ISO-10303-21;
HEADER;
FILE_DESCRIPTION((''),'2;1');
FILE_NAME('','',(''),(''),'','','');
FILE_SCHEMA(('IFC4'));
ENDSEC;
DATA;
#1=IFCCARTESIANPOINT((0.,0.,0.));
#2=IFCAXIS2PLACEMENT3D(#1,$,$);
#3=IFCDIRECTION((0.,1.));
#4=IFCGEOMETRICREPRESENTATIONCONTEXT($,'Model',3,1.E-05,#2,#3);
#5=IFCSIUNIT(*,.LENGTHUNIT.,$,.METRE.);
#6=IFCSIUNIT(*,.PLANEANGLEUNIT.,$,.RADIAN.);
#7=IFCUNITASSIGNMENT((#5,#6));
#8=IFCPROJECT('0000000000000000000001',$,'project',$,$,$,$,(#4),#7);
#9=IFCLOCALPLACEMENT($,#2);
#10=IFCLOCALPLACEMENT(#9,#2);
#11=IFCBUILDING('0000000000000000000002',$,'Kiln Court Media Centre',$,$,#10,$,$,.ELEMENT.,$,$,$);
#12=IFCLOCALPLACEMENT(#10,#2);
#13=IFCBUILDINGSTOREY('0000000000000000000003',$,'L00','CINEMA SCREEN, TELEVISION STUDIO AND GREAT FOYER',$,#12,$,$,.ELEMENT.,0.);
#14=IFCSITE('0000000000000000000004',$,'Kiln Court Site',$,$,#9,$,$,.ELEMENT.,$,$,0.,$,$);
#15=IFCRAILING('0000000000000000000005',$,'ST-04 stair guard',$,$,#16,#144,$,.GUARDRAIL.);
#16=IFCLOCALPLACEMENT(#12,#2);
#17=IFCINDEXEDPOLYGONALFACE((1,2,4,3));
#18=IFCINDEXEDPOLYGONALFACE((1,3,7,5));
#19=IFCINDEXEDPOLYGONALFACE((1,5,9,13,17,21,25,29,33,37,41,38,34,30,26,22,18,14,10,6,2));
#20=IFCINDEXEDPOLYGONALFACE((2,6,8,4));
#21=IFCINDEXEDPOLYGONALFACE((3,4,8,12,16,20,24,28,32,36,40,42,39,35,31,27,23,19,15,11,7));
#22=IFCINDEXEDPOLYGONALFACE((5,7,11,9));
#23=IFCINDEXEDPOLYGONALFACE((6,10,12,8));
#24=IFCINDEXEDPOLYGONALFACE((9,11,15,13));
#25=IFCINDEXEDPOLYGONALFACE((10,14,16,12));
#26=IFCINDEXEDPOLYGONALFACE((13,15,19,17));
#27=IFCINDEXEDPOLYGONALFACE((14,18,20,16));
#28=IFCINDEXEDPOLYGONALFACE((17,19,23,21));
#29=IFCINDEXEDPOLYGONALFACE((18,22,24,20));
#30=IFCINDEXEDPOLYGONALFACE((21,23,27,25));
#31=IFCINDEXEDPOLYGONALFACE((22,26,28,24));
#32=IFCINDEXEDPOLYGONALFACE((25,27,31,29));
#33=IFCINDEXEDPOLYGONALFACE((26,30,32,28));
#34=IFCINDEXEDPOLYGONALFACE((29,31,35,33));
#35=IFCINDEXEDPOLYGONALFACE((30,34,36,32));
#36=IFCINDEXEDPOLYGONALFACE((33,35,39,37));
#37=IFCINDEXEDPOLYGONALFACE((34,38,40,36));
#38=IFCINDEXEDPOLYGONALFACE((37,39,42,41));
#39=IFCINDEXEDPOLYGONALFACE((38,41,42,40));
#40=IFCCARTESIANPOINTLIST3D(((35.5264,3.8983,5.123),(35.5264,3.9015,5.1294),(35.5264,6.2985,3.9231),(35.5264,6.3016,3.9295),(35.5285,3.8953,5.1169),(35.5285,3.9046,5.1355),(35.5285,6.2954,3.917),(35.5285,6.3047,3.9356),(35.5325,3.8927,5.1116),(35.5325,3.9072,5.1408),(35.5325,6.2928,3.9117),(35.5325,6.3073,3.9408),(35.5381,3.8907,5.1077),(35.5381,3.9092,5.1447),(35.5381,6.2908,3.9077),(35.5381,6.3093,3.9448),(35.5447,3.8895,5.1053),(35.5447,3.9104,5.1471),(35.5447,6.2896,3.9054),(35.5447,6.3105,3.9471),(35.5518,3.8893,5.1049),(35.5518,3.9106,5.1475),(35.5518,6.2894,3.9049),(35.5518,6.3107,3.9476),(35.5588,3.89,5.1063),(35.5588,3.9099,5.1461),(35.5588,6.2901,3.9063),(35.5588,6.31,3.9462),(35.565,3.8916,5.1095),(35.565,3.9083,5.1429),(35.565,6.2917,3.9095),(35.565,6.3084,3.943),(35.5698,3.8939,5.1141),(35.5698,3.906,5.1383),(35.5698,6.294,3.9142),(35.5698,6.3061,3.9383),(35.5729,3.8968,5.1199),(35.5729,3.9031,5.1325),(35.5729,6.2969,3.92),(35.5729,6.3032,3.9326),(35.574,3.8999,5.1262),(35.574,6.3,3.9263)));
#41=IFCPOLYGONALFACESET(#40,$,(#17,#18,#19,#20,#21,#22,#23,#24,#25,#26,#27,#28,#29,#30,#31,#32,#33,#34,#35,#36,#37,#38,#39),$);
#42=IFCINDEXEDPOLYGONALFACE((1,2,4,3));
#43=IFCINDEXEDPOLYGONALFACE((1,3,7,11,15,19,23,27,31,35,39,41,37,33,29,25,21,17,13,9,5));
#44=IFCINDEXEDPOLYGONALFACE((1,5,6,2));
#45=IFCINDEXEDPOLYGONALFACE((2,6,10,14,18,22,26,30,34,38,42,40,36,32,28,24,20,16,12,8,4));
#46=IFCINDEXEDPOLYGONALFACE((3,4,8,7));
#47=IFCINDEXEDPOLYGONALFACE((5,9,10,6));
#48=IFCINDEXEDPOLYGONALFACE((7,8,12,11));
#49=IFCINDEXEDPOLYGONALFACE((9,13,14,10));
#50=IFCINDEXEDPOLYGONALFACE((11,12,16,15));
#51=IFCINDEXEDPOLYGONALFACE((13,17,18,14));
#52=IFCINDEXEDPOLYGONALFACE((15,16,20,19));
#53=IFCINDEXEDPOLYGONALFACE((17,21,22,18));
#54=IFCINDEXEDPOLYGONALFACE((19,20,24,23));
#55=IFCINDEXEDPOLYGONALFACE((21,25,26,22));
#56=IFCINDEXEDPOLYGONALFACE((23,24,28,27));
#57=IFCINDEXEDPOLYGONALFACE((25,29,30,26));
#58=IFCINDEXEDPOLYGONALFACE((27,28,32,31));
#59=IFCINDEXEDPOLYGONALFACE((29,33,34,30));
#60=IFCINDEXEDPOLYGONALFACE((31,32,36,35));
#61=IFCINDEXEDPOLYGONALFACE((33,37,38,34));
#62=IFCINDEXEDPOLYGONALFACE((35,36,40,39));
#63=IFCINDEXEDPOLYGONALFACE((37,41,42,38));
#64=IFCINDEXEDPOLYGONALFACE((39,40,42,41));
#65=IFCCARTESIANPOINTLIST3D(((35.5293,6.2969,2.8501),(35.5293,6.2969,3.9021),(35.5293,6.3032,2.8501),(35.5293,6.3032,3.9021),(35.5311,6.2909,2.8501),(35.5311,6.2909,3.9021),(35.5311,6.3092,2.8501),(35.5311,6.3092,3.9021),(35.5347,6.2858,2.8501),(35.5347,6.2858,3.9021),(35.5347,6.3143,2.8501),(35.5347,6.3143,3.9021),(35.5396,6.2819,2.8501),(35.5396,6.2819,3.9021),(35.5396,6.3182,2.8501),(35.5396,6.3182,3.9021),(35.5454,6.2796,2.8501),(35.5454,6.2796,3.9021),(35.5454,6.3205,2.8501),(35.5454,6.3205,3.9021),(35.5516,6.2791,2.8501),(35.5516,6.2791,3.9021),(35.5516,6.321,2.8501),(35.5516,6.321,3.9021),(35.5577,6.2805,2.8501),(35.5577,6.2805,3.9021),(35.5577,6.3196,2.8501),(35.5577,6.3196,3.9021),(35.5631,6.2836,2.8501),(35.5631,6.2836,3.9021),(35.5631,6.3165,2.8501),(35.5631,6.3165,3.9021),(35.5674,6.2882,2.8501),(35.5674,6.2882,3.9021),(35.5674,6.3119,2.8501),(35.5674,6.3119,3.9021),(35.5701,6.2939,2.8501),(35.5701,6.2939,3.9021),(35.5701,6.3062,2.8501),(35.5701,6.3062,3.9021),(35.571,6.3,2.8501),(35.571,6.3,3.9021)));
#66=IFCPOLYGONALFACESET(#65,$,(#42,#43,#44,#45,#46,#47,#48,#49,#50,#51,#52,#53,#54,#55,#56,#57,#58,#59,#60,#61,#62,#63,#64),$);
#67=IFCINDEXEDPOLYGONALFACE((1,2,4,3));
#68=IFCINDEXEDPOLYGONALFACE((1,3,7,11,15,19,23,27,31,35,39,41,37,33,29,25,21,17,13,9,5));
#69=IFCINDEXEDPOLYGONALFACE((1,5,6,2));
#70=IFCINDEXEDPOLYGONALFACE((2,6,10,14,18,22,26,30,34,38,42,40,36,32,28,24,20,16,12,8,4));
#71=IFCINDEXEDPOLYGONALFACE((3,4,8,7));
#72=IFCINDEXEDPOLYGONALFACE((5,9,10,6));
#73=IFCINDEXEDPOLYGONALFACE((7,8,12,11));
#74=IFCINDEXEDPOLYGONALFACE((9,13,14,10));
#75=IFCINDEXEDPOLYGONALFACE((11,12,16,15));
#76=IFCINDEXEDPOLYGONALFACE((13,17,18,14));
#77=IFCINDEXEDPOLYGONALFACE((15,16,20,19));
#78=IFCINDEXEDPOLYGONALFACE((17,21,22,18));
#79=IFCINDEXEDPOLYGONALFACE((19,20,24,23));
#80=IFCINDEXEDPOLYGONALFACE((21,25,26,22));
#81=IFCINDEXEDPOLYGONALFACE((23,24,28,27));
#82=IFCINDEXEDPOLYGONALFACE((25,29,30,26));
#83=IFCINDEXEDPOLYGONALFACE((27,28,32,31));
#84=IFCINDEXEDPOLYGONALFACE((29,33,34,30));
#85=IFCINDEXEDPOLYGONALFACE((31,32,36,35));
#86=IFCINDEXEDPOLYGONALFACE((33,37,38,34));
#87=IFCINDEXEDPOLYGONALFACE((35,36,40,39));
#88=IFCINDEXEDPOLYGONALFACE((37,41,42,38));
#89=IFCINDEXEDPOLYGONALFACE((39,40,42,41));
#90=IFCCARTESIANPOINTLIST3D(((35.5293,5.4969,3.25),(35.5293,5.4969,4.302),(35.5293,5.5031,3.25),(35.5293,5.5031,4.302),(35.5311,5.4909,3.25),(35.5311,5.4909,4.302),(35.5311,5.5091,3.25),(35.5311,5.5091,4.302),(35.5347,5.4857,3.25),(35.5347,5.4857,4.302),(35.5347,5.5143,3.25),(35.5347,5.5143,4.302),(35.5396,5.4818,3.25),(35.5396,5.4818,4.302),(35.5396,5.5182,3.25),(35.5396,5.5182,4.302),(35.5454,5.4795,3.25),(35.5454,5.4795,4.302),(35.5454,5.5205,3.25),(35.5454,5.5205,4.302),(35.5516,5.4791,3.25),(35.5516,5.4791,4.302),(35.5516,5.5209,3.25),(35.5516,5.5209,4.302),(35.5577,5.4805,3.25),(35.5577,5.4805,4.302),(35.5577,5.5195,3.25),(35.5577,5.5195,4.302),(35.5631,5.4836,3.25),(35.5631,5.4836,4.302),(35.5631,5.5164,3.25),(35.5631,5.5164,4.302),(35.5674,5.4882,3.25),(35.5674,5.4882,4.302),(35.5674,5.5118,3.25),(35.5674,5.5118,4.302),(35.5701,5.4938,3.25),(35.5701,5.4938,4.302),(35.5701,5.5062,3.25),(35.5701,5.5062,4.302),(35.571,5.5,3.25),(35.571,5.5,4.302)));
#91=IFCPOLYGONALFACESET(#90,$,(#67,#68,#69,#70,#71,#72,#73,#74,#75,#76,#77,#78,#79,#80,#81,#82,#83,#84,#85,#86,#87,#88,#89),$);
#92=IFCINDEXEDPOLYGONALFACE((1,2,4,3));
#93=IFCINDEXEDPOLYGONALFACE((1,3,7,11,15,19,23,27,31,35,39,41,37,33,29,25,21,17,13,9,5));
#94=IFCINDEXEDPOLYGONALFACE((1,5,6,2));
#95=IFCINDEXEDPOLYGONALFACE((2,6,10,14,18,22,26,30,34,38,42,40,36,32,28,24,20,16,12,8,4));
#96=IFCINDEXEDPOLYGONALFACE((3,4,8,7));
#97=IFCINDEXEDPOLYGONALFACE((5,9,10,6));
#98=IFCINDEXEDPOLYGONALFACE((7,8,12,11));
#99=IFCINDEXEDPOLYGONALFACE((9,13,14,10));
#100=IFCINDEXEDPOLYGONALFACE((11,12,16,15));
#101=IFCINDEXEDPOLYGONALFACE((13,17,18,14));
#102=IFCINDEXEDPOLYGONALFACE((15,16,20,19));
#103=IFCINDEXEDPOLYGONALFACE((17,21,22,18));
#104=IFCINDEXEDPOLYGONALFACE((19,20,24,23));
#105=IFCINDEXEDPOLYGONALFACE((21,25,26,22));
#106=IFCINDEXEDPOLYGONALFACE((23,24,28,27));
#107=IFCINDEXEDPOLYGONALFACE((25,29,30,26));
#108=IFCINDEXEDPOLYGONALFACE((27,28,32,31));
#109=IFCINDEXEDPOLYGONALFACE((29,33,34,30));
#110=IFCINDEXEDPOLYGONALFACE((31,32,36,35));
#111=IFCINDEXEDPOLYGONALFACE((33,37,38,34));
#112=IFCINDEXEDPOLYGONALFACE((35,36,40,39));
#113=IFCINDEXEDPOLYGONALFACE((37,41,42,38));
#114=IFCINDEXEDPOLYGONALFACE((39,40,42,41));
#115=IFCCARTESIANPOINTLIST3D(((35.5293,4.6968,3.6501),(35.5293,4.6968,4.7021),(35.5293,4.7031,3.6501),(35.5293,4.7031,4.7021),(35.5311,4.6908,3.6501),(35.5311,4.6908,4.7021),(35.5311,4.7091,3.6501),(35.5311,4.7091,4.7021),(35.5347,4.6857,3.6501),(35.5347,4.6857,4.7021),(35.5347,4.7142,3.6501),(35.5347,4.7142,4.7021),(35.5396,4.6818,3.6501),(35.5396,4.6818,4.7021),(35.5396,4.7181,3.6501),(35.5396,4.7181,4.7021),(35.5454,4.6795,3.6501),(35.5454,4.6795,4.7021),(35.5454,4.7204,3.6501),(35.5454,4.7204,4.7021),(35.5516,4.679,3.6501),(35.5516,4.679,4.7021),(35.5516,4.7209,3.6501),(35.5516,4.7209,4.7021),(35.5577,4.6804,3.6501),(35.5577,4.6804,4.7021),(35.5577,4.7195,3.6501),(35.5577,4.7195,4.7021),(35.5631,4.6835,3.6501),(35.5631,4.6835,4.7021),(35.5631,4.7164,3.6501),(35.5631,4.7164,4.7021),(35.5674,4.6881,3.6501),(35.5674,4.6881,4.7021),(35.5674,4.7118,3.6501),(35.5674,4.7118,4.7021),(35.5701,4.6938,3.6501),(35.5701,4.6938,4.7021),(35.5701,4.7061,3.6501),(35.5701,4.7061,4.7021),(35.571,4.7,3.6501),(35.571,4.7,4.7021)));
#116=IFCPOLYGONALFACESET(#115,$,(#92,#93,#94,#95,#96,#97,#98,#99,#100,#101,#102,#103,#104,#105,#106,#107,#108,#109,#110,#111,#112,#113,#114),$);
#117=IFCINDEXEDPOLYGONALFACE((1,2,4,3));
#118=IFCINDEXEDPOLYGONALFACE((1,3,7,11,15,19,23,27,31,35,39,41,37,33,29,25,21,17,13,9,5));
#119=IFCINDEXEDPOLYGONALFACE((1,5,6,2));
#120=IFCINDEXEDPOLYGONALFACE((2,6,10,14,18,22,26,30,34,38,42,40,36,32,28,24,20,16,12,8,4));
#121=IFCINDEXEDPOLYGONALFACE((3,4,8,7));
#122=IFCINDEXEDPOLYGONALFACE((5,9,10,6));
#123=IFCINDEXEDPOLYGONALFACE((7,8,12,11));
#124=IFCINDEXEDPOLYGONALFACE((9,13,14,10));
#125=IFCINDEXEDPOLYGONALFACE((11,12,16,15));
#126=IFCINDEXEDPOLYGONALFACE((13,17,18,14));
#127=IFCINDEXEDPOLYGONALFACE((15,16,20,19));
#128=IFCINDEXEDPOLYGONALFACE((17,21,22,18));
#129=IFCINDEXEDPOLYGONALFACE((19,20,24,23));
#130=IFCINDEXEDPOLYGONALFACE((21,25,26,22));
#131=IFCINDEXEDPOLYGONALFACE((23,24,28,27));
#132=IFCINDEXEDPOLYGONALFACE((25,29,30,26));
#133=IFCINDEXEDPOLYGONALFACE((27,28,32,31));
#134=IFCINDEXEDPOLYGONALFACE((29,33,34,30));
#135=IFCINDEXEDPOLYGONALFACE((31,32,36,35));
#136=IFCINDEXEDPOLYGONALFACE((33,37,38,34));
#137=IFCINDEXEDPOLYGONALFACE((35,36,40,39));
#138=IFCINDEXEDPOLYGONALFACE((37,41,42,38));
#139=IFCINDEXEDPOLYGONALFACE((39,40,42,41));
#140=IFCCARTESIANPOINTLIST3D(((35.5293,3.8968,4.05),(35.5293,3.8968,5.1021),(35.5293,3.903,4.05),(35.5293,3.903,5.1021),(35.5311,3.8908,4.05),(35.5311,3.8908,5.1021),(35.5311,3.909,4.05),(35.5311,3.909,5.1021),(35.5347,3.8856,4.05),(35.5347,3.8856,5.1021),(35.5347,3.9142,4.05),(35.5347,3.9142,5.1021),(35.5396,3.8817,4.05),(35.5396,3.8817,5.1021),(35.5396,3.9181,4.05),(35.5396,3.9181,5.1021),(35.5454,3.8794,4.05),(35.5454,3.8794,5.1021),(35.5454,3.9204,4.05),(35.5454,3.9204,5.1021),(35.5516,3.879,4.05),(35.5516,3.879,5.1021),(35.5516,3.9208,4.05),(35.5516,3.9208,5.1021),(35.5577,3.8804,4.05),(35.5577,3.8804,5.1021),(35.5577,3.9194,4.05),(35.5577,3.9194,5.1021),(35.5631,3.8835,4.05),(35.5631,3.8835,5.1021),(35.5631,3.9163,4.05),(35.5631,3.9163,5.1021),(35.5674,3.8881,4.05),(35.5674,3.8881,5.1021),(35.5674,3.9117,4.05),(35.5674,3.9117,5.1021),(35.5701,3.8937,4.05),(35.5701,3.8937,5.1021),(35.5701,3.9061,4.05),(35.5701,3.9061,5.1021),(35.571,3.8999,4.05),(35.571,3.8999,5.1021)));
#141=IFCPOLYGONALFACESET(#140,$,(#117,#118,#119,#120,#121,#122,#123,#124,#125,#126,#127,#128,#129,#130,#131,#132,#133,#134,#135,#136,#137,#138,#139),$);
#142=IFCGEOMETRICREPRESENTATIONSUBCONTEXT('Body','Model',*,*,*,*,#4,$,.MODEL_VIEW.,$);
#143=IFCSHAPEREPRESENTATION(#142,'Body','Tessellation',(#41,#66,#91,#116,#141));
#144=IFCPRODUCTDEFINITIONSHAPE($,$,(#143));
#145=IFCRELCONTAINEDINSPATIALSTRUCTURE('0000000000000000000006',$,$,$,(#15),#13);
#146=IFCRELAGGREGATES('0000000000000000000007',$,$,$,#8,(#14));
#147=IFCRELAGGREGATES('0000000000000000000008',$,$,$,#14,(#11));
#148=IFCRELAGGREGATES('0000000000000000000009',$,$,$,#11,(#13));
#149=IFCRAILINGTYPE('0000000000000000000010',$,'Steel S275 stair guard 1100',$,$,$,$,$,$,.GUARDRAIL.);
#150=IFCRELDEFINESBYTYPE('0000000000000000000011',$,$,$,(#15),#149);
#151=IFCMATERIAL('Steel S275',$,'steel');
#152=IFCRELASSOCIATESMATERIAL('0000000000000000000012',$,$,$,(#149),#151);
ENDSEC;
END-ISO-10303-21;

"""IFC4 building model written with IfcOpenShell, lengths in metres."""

from ifc_helpers import new_model, si_unit, direction, frame, origin, origin_2d, place, context, subcontext, project, spatial, circle, extrude, material, type_object, element, save


model = new_model("IFC4")

# Units and contexts
model_context = context("Model", 3, precision=1e-05, world=origin(), true_north=direction((0.0, 1.0)))
body_context = subcontext(model_context, "Body", "Model", "MODEL_VIEW")
ifc_project = project(units=[si_unit("LENGTHUNIT", "METRE"), si_unit("PLANEANGLEUNIT", "RADIAN")], contexts=[model_context])

# Site, building, storey
site_placement = place(None, origin())
site = spatial("IfcSite", under=ifc_project, at=site_placement, Name="Kiln Court Site", CompositionType="ELEMENT", RefElevation=0.0)
building_placement = place(site_placement, origin())
building = spatial("IfcBuilding", under=site, at=building_placement, Name="Kiln Court Media Centre", CompositionType="ELEMENT")
storey_placement = place(building_placement, origin())
storey = spatial("IfcBuildingStorey", under=building, at=storey_placement, Name="L00", Description="CINEMA SCREEN, TELEVISION STUDIO AND GREAT FOYER", CompositionType="ELEMENT", Elevation=0.0)

# Railing
ifc_material_1 = material(Name="Steel S275", Category="steel")
railing_type_1 = type_object("IfcRailingType", Name="Steel S275 stair guard 1100", PredefinedType="GUARDRAIL", material=ifc_material_1)
railing_1_placement = place(storey_placement, frame((35.55, 6.3, 2.8501)))
element("IfcRailing", 1, at=railing_1_placement, inside=storey, type_object=railing_type_1, Name="ST-04 stair guard", PredefinedType="GUARDRAIL", context=body_context, shape_type="SweptSolid", body=[
    extrude(circle(Radius=0.0239, at=origin_2d()), frame((0.0, 0.0, 1.0762), z_axis=(0.0, -0.894445, 0.447177), x_axis=(1.0, 0.0, 0.0)), (0.0, 0.0, 1.0), 2.6833),
    extrude(circle(Radius=0.021, at=origin_2d()), origin(), (0.0, 0.0, 1.0), 1.052),
    extrude(circle(Radius=0.021, at=origin_2d()), frame((0.0, -0.8, 0.3999)), (0.0, 0.0, 1.0), 1.052),
    extrude(circle(Radius=0.021, at=origin_2d()), frame((0.0, -1.6001, 0.8)), (0.0, 0.0, 1.0), 1.052),
    extrude(circle(Radius=0.021, at=origin_2d()), frame((0.0, -2.4001, 1.2)), (0.0, 0.0, 1.0), 1.052),
])

save(model, "model.ifc")
